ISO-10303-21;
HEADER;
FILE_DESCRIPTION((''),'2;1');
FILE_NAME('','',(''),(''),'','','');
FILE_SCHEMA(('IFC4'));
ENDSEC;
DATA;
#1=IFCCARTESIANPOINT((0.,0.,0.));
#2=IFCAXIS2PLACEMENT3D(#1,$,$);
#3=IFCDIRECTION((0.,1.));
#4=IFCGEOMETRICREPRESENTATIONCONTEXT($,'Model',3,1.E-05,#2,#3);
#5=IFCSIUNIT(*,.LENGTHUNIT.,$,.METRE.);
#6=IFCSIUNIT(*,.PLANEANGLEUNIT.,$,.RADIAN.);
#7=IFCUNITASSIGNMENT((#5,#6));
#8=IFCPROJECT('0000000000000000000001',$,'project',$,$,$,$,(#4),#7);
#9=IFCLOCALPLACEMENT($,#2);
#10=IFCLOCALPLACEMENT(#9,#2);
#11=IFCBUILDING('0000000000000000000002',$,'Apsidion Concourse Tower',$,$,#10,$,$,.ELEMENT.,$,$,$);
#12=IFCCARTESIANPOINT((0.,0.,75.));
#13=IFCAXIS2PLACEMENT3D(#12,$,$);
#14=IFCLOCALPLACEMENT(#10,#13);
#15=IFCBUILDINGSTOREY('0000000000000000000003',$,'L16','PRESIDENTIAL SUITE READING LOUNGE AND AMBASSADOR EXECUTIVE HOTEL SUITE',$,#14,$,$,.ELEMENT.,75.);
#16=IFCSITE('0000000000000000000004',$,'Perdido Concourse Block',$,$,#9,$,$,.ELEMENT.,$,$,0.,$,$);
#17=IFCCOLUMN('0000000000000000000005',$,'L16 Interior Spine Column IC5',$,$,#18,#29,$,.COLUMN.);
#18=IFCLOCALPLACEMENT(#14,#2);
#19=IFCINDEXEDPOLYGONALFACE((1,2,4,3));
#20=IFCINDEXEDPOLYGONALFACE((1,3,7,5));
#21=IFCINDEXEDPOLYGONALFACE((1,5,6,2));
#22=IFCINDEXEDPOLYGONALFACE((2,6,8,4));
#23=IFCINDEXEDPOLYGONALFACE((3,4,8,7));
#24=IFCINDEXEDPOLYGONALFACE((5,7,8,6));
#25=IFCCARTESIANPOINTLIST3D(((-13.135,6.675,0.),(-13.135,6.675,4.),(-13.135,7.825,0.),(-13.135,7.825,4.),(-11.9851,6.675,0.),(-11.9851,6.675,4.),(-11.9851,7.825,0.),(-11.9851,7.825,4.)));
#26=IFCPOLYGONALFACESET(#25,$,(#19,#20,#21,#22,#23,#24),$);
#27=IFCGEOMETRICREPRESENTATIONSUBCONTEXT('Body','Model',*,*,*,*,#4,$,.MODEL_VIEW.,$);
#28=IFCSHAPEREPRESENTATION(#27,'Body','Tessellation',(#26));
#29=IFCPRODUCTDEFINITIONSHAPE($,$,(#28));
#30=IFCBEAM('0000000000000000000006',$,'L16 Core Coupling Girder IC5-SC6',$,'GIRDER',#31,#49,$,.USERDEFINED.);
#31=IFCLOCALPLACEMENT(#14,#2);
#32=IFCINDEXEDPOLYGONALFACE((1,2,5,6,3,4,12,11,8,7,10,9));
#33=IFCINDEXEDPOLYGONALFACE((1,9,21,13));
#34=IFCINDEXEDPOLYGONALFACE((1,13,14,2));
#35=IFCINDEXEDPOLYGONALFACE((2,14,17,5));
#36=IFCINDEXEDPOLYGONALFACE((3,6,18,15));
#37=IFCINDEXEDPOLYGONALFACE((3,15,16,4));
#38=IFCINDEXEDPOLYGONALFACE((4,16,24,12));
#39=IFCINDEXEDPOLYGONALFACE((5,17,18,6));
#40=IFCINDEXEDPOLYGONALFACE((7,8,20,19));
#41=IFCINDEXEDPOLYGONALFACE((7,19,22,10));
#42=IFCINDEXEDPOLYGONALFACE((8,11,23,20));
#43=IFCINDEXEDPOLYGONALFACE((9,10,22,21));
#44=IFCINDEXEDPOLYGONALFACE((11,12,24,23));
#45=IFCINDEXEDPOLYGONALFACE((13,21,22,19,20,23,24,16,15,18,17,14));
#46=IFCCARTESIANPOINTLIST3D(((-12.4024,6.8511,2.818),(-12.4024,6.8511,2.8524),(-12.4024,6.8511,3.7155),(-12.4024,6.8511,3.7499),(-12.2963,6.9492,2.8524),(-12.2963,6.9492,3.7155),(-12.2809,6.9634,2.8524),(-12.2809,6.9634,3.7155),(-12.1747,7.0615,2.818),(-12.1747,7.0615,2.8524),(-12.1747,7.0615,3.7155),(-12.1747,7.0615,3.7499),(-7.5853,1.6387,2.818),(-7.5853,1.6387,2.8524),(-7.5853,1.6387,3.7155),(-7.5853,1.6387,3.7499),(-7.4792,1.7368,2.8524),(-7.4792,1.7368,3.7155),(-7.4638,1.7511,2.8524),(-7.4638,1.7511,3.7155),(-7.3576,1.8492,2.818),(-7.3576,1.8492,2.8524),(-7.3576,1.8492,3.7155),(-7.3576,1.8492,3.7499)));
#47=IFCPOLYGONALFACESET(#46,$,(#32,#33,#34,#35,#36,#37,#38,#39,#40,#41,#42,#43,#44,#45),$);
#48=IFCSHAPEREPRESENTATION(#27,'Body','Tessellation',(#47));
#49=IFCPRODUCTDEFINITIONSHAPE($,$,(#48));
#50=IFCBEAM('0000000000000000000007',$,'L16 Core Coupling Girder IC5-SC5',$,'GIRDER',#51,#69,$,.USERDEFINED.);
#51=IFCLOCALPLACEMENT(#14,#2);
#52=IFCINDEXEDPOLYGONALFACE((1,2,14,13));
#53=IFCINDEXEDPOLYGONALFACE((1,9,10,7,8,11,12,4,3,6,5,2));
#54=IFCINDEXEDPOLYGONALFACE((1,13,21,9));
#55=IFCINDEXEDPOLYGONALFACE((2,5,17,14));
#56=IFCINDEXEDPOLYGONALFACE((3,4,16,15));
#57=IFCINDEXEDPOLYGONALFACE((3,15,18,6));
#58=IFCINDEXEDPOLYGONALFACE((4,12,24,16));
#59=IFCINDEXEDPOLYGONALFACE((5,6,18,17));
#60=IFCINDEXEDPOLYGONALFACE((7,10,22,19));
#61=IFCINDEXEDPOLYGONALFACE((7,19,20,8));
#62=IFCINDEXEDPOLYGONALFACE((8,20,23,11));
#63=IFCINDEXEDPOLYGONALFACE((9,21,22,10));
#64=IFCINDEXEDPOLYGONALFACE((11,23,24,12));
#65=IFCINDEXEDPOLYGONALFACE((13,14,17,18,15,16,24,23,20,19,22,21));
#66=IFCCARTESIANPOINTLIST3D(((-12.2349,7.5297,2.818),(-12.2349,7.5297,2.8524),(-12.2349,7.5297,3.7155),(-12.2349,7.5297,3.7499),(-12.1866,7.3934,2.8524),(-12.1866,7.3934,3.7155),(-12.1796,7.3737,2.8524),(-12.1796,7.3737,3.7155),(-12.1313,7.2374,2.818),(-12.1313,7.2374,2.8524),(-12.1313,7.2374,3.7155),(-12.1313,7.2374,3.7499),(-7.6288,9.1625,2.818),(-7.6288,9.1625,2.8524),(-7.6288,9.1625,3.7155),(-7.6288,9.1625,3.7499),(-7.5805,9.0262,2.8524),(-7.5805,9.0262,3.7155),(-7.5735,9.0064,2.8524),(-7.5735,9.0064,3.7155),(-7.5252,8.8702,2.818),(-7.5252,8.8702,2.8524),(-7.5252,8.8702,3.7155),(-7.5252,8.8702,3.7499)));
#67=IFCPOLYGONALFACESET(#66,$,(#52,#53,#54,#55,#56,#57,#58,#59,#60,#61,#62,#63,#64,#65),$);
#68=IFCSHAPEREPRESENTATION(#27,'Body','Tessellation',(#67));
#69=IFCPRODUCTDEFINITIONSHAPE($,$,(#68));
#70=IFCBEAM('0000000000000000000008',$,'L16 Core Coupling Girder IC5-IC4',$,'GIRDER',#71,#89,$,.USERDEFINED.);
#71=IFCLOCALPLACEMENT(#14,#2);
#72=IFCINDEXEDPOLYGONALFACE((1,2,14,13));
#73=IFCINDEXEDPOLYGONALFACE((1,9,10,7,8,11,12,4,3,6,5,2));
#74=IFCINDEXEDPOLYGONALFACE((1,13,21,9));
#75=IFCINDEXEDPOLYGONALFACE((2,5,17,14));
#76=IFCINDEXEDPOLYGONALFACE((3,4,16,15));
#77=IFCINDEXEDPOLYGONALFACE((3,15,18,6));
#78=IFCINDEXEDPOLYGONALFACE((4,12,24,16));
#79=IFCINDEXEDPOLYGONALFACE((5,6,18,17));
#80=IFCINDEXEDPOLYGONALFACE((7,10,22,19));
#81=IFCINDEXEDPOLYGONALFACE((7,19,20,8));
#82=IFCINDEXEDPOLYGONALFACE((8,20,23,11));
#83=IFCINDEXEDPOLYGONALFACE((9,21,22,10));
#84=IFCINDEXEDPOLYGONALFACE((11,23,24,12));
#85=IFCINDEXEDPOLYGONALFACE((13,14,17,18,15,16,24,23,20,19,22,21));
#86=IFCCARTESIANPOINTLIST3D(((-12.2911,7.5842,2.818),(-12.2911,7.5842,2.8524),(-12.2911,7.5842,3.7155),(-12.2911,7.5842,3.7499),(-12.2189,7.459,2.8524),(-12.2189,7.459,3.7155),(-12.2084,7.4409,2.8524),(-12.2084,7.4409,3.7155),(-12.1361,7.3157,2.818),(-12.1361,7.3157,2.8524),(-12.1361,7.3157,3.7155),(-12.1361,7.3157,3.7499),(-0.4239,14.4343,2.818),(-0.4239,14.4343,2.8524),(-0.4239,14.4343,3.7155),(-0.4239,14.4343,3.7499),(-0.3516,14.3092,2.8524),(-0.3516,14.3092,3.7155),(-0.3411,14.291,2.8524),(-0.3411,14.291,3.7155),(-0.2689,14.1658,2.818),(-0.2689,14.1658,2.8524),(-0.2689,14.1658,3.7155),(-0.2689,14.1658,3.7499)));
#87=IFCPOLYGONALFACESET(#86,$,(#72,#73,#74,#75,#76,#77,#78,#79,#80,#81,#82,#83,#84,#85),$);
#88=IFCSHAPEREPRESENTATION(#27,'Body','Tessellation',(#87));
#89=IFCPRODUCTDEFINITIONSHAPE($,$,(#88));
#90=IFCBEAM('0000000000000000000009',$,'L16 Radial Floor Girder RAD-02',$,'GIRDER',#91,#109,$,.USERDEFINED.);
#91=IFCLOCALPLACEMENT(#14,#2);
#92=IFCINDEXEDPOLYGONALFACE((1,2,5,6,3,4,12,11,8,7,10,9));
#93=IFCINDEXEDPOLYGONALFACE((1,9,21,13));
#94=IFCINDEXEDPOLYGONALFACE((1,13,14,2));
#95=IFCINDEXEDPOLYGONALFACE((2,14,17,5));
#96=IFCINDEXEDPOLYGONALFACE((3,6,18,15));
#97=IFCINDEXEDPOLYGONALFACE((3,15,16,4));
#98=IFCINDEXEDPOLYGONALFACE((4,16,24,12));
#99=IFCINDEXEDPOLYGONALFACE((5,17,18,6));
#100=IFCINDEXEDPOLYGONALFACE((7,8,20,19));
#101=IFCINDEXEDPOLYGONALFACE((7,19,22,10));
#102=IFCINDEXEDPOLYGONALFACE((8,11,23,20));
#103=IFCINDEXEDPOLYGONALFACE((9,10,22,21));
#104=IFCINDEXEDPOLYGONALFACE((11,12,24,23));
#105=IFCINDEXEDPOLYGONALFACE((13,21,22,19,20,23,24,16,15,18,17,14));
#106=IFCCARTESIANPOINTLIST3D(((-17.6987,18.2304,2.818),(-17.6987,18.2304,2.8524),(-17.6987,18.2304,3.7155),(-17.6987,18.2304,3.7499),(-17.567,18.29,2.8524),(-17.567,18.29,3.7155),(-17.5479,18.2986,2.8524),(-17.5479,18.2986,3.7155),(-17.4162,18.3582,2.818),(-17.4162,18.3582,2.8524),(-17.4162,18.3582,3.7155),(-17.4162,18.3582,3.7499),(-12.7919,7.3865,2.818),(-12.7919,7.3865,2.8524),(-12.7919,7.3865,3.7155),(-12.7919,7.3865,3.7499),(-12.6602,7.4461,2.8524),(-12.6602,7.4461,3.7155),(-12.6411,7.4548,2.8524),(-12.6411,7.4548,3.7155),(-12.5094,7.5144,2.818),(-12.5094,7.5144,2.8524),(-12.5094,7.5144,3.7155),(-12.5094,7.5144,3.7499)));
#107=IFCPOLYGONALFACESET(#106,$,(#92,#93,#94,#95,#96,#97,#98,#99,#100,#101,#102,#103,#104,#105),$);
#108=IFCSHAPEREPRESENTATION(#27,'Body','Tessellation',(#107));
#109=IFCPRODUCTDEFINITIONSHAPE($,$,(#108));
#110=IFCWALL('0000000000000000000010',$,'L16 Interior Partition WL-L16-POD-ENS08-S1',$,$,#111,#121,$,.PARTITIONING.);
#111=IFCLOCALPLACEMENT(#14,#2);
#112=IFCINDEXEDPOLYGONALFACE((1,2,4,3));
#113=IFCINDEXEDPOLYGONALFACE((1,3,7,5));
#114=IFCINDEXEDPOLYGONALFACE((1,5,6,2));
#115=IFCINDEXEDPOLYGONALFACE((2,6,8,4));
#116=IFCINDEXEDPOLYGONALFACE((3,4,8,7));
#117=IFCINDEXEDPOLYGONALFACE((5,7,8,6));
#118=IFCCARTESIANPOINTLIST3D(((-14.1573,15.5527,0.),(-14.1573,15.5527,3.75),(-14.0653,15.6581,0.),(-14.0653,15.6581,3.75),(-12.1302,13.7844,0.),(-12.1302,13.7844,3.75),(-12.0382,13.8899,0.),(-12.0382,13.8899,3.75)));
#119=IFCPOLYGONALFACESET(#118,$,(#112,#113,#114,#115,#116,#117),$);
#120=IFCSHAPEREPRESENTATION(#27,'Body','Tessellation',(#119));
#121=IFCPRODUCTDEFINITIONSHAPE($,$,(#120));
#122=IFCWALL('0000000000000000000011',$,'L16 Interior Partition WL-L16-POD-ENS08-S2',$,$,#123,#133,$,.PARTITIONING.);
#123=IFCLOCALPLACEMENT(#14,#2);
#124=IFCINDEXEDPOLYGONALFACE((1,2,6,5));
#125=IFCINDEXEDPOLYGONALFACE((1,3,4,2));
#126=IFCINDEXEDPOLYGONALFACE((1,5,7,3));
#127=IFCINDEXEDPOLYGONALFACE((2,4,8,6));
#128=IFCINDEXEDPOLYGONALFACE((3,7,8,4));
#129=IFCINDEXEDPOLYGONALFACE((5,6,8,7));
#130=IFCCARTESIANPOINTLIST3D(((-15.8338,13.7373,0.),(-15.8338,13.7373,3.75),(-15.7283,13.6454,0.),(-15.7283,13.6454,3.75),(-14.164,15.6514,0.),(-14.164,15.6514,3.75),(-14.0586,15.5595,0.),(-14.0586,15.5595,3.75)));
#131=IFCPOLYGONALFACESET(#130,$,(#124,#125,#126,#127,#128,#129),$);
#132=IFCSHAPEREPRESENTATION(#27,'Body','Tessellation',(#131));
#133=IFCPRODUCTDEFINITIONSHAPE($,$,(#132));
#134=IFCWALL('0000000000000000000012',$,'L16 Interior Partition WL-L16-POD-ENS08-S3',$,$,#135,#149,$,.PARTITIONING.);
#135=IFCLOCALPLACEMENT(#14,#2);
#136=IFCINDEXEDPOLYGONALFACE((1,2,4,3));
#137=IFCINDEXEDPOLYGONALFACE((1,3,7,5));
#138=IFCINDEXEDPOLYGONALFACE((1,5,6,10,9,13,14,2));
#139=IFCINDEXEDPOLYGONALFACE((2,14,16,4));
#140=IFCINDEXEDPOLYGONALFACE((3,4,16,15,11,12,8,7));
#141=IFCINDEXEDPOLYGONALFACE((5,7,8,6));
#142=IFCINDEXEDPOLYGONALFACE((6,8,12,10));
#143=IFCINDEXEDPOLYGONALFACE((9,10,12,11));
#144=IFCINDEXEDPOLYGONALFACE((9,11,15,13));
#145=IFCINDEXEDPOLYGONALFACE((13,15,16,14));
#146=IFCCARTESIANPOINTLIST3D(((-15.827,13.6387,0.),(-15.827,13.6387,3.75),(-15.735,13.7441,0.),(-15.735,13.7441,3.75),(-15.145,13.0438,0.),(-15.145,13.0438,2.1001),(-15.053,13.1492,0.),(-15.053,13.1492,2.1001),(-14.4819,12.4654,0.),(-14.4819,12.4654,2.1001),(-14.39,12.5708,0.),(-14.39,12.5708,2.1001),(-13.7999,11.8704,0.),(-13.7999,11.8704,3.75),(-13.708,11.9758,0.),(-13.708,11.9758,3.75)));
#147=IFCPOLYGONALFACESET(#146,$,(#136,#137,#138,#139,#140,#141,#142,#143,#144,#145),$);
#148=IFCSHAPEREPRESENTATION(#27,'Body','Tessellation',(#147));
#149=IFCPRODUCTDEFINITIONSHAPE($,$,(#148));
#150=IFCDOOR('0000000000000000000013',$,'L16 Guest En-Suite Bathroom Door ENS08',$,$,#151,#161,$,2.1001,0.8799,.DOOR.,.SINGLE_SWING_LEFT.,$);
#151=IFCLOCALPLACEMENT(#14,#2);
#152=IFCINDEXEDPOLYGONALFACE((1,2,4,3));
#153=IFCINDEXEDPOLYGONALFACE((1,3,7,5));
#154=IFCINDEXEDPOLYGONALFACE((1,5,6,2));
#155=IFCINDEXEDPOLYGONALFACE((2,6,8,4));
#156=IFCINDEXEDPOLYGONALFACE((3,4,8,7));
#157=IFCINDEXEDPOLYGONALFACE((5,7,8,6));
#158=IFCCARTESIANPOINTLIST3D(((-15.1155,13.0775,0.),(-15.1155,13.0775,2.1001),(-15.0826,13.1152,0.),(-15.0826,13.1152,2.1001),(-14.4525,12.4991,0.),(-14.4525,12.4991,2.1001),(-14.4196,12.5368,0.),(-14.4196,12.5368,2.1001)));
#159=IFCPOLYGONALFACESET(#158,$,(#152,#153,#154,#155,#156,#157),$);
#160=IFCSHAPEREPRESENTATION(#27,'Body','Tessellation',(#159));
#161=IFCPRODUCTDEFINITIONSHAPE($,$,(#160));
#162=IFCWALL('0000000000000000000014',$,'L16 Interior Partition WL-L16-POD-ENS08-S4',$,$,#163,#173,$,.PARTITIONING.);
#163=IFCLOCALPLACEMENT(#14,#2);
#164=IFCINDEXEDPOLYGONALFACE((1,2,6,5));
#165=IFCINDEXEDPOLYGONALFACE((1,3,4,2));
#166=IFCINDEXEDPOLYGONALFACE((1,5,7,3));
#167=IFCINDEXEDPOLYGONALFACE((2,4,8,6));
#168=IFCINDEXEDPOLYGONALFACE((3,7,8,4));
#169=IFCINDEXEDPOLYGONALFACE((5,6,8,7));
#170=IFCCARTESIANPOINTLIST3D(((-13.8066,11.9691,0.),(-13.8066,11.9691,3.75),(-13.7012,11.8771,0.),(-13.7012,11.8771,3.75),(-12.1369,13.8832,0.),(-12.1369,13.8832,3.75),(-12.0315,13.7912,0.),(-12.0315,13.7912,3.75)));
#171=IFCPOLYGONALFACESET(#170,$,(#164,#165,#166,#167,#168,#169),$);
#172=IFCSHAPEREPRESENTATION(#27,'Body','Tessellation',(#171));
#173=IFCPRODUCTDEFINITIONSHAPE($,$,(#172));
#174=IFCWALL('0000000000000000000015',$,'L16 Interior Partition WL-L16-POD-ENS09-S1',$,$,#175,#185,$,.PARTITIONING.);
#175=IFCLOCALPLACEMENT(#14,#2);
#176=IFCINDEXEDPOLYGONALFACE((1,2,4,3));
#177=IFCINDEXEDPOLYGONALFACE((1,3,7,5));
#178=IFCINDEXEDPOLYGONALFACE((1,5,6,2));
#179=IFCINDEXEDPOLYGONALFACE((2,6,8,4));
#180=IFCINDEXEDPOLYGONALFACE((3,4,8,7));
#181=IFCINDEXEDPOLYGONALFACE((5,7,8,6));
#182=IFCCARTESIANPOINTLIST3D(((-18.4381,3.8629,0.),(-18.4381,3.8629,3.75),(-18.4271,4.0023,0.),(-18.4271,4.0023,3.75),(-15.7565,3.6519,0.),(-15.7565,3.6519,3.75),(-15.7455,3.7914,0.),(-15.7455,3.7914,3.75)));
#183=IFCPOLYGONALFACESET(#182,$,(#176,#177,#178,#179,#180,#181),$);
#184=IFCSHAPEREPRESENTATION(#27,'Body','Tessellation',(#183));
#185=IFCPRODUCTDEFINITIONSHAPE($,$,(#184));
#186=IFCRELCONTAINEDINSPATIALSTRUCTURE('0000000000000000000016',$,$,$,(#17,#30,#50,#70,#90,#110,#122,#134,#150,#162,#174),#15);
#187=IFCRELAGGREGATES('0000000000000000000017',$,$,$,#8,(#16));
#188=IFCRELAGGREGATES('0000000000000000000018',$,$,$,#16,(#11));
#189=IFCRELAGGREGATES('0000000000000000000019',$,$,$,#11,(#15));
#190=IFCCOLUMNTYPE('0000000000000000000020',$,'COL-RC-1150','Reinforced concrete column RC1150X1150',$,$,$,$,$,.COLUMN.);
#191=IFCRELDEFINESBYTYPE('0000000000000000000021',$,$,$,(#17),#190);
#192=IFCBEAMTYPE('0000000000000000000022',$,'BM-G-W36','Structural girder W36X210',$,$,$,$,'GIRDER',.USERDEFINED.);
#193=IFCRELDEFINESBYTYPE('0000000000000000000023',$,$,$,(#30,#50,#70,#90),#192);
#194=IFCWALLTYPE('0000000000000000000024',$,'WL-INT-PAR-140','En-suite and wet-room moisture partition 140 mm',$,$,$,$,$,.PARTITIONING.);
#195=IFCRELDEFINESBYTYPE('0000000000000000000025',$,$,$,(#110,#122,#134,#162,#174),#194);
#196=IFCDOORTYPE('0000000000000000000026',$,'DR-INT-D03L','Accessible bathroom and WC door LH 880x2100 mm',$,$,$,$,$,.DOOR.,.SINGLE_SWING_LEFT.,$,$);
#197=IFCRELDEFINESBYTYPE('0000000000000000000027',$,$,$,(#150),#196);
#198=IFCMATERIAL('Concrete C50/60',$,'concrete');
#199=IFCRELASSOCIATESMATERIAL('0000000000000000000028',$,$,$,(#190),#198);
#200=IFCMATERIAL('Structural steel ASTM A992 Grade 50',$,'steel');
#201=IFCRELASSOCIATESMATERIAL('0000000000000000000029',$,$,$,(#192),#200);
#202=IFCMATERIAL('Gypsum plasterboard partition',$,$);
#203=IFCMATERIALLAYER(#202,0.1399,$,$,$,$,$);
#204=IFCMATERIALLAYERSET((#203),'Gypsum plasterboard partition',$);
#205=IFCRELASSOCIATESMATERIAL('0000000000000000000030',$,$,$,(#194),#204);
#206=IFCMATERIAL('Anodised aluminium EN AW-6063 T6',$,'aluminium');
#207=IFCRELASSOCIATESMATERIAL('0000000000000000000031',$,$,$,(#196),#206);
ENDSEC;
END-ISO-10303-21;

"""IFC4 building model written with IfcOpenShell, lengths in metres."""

from ifc_helpers import new_model, si_unit, direction, frame, frame_2d, origin, origin_2d, place, context, subcontext, project, spatial, rectangle, i_section, extrude, material, layer, layer_set, material_profile, profile_set, type_object, element, fill, save


model = new_model("IFC4")

# Units and contexts
model_context = context("Model", 3, precision=1e-05, world=origin(), true_north=direction((0.0, 1.0)))
body_context = subcontext(model_context, "Body", "Model", "MODEL_VIEW")
ifc_project = project(units=[si_unit("LENGTHUNIT", "METRE"), si_unit("PLANEANGLEUNIT", "RADIAN")], contexts=[model_context])

# Site, building, storey
site_placement = place(None, origin())
site = spatial("IfcSite", under=ifc_project, at=site_placement, Name="Perdido Concourse Block", CompositionType="ELEMENT", RefElevation=0.0)
building_placement = place(site_placement, origin())
building = spatial("IfcBuilding", under=site, at=building_placement, Name="Apsidion Concourse Tower", CompositionType="ELEMENT")
storey_placement = place(building_placement, frame((0.0, 0.0, 75.0)))
storey = spatial("IfcBuildingStorey", under=building, at=storey_placement, Name="L16", Description="PRESIDENTIAL SUITE READING LOUNGE AND AMBASSADOR EXECUTIVE HOTEL SUITE", CompositionType="ELEMENT", Elevation=75.0)

# Column
ifc_material_1 = material(Name="Concrete C50/60", Category="concrete")
ifc_material_profile_1 = material_profile(ifc_material_1, rectangle(XDim=1.1499, YDim=1.1499, at=origin_2d()), Name="RC 1150x1150")
ifc_profile_set_1 = profile_set([ifc_material_profile_1], Name="Concrete C50/60")
column_type = type_object("IfcColumnType", Name="COL-RC-1150", Description="Reinforced concrete column RC1150X1150", PredefinedType="COLUMN", material=ifc_profile_set_1)
column_placement = place(storey_placement, frame((-12.5601, 7.25, 0.0), z_axis=(0.0, 0.0, 1.0), x_axis=(1.0, 0.0, 0.0)))
element("IfcColumn", 1, at=column_placement, inside=storey, type_object=column_type, Name="L16 Interior Spine Column IC5", PredefinedType="COLUMN", context=body_context, shape_type="SweptSolid", body=[
    extrude(rectangle(XDim=1.1499, YDim=1.1499, at=origin_2d()), origin(), (0.0, 0.0, 1.0), 4.0),
])

# Beams
ifc_material_2 = material(Name="Structural steel ASTM A992 Grade 50", Category="steel")
ifc_material_profile_2 = material_profile(ifc_material_2, i_section(OverallWidth=0.3101, OverallDepth=0.9319, WebThickness=0.021, FlangeThickness=0.0344, at=origin_2d()), Name="W36X210")
ifc_profile_set_2 = profile_set([ifc_material_profile_2], Name="Structural steel ASTM A992 Grade 50")
beam_type = type_object("IfcBeamType", Name="BM-G-W36", Description="Structural girder W36X210", ElementType="GIRDER", PredefinedType="USERDEFINED", material=ifc_profile_set_2)
beam_1_placement = place(storey_placement, frame((-12.2886, 6.9563, 3.2839), z_axis=(0.678713, -0.734404, 0.0), x_axis=(0.734404, 0.678713, 0.0)))
element("IfcBeam", 2, at=beam_1_placement, inside=storey, type_object=beam_type, Name="L16 Core Coupling Girder IC5-SC6", ObjectType="GIRDER", PredefinedType="USERDEFINED", context=body_context, shape_type="SweptSolid", body=[
    extrude(i_section(OverallWidth=0.3101, OverallDepth=0.9319, WebThickness=0.021, FlangeThickness=0.0344, at=origin_2d()), origin(), (0.0, 0.0, 1.0), 7.0974),
])
beam_2_placement = place(storey_placement, frame((-12.1831, 7.3835, 3.2839), z_axis=(0.942534, 0.334111, 0.0), x_axis=(-0.334111, 0.942534, 0.0)))
element("IfcBeam", 3, at=beam_2_placement, inside=storey, type_object=beam_type, Name="L16 Core Coupling Girder IC5-SC5", ObjectType="GIRDER", PredefinedType="USERDEFINED", context=body_context, shape_type="SweptSolid", body=[
    extrude(i_section(OverallWidth=0.3101, OverallDepth=0.9319, WebThickness=0.021, FlangeThickness=0.0344, at=origin_2d()), origin(), (0.0, 0.0, 1.0), 4.887),
])
beam_3_placement = place(storey_placement, frame((-12.2136, 7.45, 3.2839), z_axis=(0.86607, 0.499922, 0.0), x_axis=(-0.499922, 0.86607, 0.0)))
element("IfcBeam", 4, at=beam_3_placement, inside=storey, type_object=beam_type, Name="L16 Core Coupling Girder IC5-IC4", ObjectType="GIRDER", PredefinedType="USERDEFINED", context=body_context, shape_type="SweptSolid", body=[
    extrude(i_section(OverallWidth=0.3101, OverallDepth=0.9319, WebThickness=0.021, FlangeThickness=0.0344, at=origin_2d()), origin(), (0.0, 0.0, 1.0), 13.7024),
])
beam_4_placement = place(storey_placement, frame((-12.6506, 7.4504, 3.2839), z_axis=(-0.412254, 0.911069, 0.0), x_axis=(-0.911069, -0.412254, 0.0)))
element("IfcBeam", 5, at=beam_4_placement, inside=storey, type_object=beam_type, Name="L16 Radial Floor Girder RAD-02", ObjectType="GIRDER", PredefinedType="USERDEFINED", context=body_context, shape_type="SweptSolid", body=[
    extrude(i_section(OverallWidth=0.3101, OverallDepth=0.9319, WebThickness=0.021, FlangeThickness=0.0344, at=origin_2d()), origin(), (0.0, 0.0, 1.0), 11.9023),
])

# Walls
ifc_material_3 = material(Name="Gypsum plasterboard partition")
ifc_layer_1 = layer(ifc_material_3, 0.1399)
ifc_layer_set_1 = layer_set([ifc_layer_1], Name="Gypsum plasterboard partition")
wall_type_1 = type_object("IfcWallType", Name="WL-INT-PAR-140", Description="En-suite and wet-room moisture partition 140 mm", PredefinedType="PARTITIONING", material=ifc_layer_set_1)
wall_1_placement = place(storey_placement, frame((-12.0842, 13.8372, 0.0), z_axis=(0.0, 0.0, 1.0), x_axis=(-0.753571, 0.657367, 0.0)))
element("IfcWall", 6, at=wall_1_placement, inside=storey, type_object=wall_type_1, Name="L16 Interior Partition WL-L16-POD-ENS08-S1", PredefinedType="PARTITIONING", context=body_context, shape_type="SweptSolid", body=[
    extrude(rectangle(XDim=2.6899, YDim=0.1399, at=frame_2d((1.345, 0.0))), origin(), (0.0, 0.0, 1.0), 3.75),
])
wall_2_placement = place(storey_placement, frame((-14.1113, 15.6055, 0.0), z_axis=(0.0, 0.0, 1.0), x_axis=(-0.657361, -0.753576, 0.0)))
element("IfcWall", 7, at=wall_2_placement, inside=storey, type_object=wall_type_1, Name="L16 Interior Partition WL-L16-POD-ENS08-S2", PredefinedType="PARTITIONING", context=body_context, shape_type="SweptSolid", body=[
    extrude(rectangle(XDim=2.54, YDim=0.1399, at=frame_2d((1.27, 0.0))), origin(), (0.0, 0.0, 1.0), 3.75),
])

# Wall, opening, door
wall_3_placement = place(storey_placement, frame((-15.781, 13.6914, 0.0), z_axis=(0.0, 0.0, 1.0), x_axis=(0.753571, -0.657367, 0.0)))
wall_3 = element("IfcWall", 8, at=wall_3_placement, inside=storey, type_object=wall_type_1, Name="L16 Interior Partition WL-L16-POD-ENS08-S3", PredefinedType="PARTITIONING", context=body_context, shape_type="SweptSolid", body=[
    extrude(rectangle(XDim=2.6899, YDim=0.1399, at=frame_2d((1.345, 0.0))), origin(), (0.0, 0.0, 1.0), 3.75),
])
opening_1_placement = place(wall_3_placement, frame((0.905, 0.0, 0.0)))
opening_1 = element("IfcOpeningElement", 9, at=opening_1_placement, cuts=wall_3, PredefinedType="OPENING", context=body_context, shape_type="SweptSolid", body=[
    extrude(rectangle(XDim=0.8799, YDim=2.1001, at=frame_2d((0.4399, 1.05))), frame((0.0, 0.0801, 0.0), z_axis=(0.0, -1.0, 0.0), x_axis=(1.0, 0.0, 0.0)), (0.0, 0.0, 1.0), 0.1599),
])
ifc_material_4 = material(Name="Anodised aluminium EN AW-6063 T6", Category="aluminium")
door_type_1 = type_object("IfcDoorType", Name="DR-INT-D03L", Description="Accessible bathroom and WC door LH 880x2100 mm", OperationType="SINGLE_SWING_LEFT", PredefinedType="DOOR", material=ifc_material_4)
door_1_placement = place(opening_1_placement, origin())
door_1 = element("IfcDoor", 10, at=door_1_placement, inside=storey, type_object=door_type_1, Name="L16 Guest En-Suite Bathroom Door ENS08", OperationType="SINGLE_SWING_LEFT", OverallHeight=2.1001, OverallWidth=0.8799, PredefinedType="DOOR", context=body_context, shape_type="SweptSolid", body=[
    extrude(rectangle(XDim=0.8799, YDim=2.1001, at=frame_2d((0.4399, 1.05))), frame((0.0, 0.0249, 0.0), z_axis=(0.0, -1.0, 0.0), x_axis=(1.0, 0.0, 0.0)), (0.0, 0.0, 1.0), 0.05),
])
fill(opening_1, door_1)

# Walls
wall_4_placement = place(storey_placement, frame((-13.7539, 11.9231, 0.0), z_axis=(0.0, 0.0, 1.0), x_axis=(0.657361, 0.753576, 0.0)))
element("IfcWall", 11, at=wall_4_placement, inside=storey, type_object=wall_type_1, Name="L16 Interior Partition WL-L16-POD-ENS08-S4", PredefinedType="PARTITIONING", context=body_context, shape_type="SweptSolid", body=[
    extrude(rectangle(XDim=2.54, YDim=0.1399, at=frame_2d((1.27, 0.0))), origin(), (0.0, 0.0, 1.0), 3.75),
])
wall_5_placement = place(storey_placement, frame((-15.751, 3.7217, 0.0), z_axis=(0.0, 0.0, 1.0), x_axis=(-0.996921, 0.078418, 0.0)))
element("IfcWall", 12, at=wall_5_placement, inside=storey, type_object=wall_type_1, Name="L16 Interior Partition WL-L16-POD-ENS09-S1", PredefinedType="PARTITIONING", context=body_context, shape_type="SweptSolid", body=[
    extrude(rectangle(XDim=2.6899, YDim=0.1399, at=frame_2d((1.345, 0.0))), origin(), (0.0, 0.0, 1.0), 3.75),
])

save(model, "model.ifc")
